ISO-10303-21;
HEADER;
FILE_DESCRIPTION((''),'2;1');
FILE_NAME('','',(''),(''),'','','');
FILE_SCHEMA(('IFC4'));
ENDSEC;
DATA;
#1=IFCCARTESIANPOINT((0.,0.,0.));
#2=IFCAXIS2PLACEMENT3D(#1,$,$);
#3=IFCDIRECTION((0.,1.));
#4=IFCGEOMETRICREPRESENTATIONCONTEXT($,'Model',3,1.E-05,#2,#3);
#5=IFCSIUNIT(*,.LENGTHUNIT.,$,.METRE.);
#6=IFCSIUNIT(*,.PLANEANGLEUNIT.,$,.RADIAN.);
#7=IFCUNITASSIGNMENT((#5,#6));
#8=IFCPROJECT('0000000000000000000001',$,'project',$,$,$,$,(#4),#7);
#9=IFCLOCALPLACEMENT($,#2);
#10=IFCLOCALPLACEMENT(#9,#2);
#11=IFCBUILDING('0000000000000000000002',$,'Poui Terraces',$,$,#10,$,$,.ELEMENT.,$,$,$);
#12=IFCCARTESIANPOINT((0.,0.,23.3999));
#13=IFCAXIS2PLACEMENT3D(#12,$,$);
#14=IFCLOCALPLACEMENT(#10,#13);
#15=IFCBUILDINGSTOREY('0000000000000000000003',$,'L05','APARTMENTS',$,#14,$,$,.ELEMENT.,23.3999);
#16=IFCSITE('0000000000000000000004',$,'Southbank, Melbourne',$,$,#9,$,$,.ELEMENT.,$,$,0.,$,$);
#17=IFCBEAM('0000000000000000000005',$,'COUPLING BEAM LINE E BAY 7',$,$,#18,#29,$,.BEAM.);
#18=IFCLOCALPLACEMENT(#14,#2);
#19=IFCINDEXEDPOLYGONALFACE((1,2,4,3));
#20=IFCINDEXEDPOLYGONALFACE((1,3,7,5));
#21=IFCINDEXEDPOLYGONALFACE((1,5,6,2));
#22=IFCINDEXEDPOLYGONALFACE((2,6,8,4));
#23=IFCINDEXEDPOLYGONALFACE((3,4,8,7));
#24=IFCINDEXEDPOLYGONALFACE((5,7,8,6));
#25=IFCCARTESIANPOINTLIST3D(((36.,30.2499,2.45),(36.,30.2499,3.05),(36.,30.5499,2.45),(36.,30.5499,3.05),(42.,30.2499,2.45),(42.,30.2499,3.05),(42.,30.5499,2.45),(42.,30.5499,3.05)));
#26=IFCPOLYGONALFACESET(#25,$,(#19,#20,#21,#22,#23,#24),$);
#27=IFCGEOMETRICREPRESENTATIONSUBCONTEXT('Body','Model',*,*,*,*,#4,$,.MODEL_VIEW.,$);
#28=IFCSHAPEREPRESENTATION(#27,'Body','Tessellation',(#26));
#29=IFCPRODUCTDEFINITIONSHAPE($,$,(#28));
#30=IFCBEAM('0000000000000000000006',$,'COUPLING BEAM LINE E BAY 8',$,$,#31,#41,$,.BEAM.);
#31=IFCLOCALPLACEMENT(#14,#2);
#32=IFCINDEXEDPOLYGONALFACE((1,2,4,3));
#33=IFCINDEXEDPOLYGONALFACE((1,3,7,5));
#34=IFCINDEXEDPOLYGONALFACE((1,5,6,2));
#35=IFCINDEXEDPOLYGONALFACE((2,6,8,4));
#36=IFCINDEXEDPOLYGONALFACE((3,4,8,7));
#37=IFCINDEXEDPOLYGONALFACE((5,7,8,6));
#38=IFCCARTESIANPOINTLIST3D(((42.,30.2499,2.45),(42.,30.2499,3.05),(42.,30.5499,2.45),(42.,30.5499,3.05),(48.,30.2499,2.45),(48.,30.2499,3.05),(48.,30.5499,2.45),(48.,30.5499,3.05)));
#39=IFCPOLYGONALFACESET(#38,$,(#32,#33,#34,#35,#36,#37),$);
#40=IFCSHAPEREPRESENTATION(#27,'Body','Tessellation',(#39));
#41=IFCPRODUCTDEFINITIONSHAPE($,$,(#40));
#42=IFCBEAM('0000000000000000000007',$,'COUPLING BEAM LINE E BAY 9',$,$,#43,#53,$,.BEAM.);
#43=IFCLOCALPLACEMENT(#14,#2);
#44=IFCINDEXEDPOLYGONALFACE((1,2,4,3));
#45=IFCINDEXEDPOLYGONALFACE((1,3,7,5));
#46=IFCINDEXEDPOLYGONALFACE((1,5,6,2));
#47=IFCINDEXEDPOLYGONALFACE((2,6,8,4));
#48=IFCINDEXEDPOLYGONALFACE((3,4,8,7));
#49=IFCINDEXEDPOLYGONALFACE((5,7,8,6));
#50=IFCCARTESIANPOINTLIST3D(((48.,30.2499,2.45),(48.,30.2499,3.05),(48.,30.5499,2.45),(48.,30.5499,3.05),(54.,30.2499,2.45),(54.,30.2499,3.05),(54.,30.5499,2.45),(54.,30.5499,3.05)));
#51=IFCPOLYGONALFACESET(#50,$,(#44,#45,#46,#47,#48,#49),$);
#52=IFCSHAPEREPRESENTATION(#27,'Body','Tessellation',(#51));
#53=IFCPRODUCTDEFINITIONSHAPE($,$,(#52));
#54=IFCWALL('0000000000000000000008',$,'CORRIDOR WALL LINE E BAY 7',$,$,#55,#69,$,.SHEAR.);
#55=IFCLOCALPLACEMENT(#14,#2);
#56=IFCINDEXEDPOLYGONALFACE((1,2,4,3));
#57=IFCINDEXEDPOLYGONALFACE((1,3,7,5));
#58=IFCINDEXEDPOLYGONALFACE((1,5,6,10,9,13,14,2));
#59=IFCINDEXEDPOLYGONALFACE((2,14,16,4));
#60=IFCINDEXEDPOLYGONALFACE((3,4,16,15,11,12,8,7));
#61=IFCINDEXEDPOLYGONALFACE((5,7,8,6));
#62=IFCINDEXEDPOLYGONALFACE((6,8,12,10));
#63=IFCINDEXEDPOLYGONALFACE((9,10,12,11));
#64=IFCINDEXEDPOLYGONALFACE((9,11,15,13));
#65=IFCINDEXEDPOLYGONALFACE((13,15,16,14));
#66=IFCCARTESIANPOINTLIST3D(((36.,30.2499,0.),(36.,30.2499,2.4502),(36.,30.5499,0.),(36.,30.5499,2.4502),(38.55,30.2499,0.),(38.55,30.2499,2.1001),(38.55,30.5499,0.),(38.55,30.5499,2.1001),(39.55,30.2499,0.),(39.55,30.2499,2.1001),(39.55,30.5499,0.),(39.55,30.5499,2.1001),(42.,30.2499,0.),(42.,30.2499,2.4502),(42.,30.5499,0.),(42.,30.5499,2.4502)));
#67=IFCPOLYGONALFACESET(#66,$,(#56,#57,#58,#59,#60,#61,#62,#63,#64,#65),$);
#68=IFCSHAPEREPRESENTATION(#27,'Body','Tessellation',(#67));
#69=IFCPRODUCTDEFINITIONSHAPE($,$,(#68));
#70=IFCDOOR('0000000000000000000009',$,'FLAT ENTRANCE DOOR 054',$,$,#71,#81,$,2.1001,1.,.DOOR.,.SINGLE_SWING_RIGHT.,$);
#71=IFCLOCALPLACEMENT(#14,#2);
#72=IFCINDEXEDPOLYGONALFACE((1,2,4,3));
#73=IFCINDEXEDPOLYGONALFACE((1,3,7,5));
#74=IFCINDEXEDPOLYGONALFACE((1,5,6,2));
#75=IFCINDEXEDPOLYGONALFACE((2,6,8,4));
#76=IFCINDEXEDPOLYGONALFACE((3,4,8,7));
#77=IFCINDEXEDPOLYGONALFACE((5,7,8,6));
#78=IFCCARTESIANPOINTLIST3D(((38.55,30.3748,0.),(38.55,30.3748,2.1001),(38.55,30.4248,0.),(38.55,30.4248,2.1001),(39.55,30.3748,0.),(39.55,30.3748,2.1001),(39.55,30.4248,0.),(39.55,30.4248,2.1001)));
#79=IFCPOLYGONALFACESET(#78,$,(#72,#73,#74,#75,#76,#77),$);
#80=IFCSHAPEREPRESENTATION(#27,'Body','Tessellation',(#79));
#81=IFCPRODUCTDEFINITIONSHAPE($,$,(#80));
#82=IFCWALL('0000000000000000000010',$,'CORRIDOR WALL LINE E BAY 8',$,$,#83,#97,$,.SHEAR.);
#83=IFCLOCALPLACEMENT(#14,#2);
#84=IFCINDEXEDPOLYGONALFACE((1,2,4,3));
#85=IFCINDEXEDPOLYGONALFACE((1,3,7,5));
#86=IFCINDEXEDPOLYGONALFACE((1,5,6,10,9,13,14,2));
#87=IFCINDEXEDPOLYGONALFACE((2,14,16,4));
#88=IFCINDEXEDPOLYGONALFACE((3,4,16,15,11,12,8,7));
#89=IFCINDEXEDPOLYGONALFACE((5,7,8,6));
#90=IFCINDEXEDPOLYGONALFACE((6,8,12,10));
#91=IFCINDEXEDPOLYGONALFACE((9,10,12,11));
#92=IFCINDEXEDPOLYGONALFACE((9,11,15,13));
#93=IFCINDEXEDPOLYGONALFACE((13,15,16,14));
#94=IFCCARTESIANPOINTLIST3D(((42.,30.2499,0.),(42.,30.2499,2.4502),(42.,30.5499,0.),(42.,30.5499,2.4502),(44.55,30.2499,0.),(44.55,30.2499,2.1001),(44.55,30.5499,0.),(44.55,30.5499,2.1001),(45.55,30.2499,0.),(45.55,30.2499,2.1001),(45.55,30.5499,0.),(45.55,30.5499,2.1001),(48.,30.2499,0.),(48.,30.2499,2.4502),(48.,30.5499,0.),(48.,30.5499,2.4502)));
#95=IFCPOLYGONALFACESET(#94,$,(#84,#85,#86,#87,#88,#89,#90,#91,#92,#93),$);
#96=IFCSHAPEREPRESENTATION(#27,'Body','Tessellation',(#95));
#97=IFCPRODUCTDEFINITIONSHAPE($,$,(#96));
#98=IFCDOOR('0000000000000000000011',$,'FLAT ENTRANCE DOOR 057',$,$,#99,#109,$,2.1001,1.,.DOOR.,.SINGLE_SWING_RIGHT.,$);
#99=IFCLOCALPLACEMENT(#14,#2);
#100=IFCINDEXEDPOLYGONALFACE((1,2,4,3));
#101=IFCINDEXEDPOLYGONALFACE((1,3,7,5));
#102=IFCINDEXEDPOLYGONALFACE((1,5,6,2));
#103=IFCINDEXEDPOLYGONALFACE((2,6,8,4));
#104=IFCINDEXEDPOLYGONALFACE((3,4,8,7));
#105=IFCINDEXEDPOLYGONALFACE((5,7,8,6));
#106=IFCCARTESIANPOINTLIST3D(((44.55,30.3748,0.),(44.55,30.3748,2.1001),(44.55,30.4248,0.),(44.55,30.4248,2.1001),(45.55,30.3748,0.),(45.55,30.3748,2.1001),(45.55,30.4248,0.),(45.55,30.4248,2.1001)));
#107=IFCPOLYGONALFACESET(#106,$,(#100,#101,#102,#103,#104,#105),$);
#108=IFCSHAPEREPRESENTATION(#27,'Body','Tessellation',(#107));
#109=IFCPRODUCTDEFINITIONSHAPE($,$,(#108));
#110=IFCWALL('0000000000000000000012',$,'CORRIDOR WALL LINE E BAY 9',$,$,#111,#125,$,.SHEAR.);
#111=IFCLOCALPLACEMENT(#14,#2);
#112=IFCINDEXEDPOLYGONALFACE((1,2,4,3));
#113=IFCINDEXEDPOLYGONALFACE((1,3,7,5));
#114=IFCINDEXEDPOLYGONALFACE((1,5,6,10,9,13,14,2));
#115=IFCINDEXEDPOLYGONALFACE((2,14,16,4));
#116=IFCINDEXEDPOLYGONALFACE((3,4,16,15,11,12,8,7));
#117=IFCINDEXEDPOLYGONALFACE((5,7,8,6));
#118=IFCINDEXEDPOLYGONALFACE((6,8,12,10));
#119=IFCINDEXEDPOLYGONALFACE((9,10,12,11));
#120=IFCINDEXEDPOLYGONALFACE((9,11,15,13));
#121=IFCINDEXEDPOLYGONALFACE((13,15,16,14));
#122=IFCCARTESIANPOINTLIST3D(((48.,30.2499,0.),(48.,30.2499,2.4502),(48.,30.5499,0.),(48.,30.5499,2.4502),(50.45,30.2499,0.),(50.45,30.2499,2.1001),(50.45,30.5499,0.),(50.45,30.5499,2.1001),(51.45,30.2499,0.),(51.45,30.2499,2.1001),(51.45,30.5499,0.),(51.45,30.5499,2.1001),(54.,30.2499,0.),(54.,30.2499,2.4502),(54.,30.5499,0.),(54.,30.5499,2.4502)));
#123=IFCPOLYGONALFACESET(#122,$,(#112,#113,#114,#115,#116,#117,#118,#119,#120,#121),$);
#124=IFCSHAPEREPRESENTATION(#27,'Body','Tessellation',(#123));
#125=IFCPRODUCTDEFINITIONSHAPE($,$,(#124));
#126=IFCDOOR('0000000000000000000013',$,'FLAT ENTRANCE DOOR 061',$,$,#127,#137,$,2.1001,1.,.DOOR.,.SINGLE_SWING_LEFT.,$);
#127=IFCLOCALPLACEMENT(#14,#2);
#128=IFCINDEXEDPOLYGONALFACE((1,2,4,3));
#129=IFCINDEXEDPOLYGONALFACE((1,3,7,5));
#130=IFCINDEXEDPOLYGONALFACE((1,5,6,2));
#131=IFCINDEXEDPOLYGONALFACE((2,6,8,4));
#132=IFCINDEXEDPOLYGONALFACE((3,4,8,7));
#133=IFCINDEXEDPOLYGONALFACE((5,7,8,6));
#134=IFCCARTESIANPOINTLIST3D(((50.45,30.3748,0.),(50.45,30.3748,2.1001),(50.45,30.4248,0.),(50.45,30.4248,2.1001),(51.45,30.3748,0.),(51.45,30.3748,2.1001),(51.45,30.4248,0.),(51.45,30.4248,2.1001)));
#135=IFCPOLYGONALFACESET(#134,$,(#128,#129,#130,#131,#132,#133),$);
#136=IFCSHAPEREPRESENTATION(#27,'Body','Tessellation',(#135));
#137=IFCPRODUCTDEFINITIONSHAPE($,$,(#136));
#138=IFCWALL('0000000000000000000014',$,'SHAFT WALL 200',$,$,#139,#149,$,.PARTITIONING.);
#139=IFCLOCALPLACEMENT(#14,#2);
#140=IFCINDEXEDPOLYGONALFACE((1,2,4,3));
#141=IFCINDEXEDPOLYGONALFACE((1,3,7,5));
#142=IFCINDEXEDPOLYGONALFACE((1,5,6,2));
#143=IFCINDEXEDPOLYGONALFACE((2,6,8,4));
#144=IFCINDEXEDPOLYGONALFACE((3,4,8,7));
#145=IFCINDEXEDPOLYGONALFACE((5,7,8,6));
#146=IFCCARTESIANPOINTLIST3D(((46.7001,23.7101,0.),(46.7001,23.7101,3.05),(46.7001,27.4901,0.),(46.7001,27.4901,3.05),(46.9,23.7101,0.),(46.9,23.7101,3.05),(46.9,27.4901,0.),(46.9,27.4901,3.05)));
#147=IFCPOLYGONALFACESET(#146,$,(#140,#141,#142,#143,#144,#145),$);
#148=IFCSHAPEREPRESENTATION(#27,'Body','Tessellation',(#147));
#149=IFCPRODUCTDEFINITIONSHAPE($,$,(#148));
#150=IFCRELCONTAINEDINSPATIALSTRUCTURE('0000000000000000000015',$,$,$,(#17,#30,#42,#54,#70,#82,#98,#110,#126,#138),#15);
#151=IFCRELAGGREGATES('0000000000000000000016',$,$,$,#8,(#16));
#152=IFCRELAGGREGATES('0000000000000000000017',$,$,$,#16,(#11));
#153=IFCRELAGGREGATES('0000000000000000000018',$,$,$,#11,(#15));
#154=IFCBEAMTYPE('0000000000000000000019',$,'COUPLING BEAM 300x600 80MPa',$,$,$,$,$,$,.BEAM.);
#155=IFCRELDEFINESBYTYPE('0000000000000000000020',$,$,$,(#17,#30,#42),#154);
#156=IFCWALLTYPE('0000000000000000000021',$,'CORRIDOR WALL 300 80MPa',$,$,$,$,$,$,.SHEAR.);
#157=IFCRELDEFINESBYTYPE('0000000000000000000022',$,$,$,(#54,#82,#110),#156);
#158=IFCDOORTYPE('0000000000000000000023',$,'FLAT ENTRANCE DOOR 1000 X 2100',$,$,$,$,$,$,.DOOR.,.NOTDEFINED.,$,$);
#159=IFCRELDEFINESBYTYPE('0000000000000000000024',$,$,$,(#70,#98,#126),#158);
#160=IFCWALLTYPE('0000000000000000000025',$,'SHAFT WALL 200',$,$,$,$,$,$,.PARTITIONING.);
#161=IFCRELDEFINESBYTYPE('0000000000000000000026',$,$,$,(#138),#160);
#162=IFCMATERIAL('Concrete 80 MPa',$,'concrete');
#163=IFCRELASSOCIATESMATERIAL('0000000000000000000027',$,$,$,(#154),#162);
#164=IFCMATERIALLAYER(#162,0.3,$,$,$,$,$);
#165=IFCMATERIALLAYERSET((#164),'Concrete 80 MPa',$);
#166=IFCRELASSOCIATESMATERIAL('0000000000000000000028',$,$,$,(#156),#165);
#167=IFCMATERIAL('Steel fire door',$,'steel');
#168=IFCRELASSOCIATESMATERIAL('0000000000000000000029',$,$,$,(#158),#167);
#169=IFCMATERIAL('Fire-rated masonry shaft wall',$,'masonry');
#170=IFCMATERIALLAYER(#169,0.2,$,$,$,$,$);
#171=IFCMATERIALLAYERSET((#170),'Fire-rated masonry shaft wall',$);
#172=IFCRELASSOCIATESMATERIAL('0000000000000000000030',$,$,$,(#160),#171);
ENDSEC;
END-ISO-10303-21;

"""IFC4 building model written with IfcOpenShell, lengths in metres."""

from ifc_helpers import new_model, si_unit, direction, frame, frame_2d, origin, origin_2d, place, context, subcontext, project, spatial, rectangle, extrude, source, transform, mapped, material, layer, layer_set, material_profile, profile_set, type_object, element, fill, save


model = new_model("IFC4")

# Units and contexts
model_context = context("Model", 3, precision=1e-05, world=origin(), true_north=direction((0.0, 1.0)))
body_context = subcontext(model_context, "Body", "Model", "MODEL_VIEW")
ifc_project = project(units=[si_unit("LENGTHUNIT", "METRE"), si_unit("PLANEANGLEUNIT", "RADIAN")], contexts=[model_context])

# Site, building, storey
site_placement = place(None, origin())
site = spatial("IfcSite", under=ifc_project, at=site_placement, Name="Southbank, Melbourne", CompositionType="ELEMENT", RefElevation=0.0)
building_placement = place(site_placement, origin())
building = spatial("IfcBuilding", under=site, at=building_placement, Name="Poui Terraces", CompositionType="ELEMENT")
storey_placement = place(building_placement, frame((0.0, 0.0, 23.3999)))
storey = spatial("IfcBuildingStorey", under=building, at=storey_placement, Name="L05", Description="APARTMENTS", CompositionType="ELEMENT", Elevation=23.3999)

# Beams
ifc_material_1 = material(Name="Concrete 80 MPa", Category="concrete")
ifc_material_profile = material_profile(ifc_material_1, rectangle(XDim=0.3, YDim=0.6001, at=origin_2d()), Name="RC 300x600")
ifc_profile_set = profile_set([ifc_material_profile], Name="Concrete 80 MPa")
beam_type = type_object("IfcBeamType", Name="COUPLING BEAM 300x600 80MPa", PredefinedType="BEAM", material=ifc_profile_set)
shared_shape = source(origin(), body_context, "Body", "SweptSolid", [
    extrude(rectangle(XDim=0.3, YDim=0.6001, at=origin_2d()), origin(), (0.0, 0.0, 1.0), 6.0),
])
for number, where, z_axis, x_axis, name in (
    (1, (36.0, 30.3999, 2.75), (1.0, 0.0, 0.0), (0.0, 1.0, 0.0), "COUPLING BEAM LINE E BAY 7"),
    (2, (42.0, 30.3999, 2.75), (1.0, 0.0, 0.0), (0.0, 1.0, 0.0), "COUPLING BEAM LINE E BAY 8"),
    (3, (48.0, 30.3999, 2.75), (1.0, 0.0, 0.0), (0.0, 1.0, 0.0), "COUPLING BEAM LINE E BAY 9"),
):
    element("IfcBeam", number, at=place(storey_placement, frame(where, z_axis=z_axis, x_axis=x_axis)), inside=storey, type_object=beam_type, Name=name, PredefinedType="BEAM", context=body_context, shape_type="MappedRepresentation", body=[
        mapped(shared_shape, transform((0.0, 0.0, 0.0))),
    ])

# Walls, openings, doors
ifc_layer_1 = layer(ifc_material_1, 0.3)
ifc_layer_set_1 = layer_set([ifc_layer_1], Name="Concrete 80 MPa")
wall_type_1 = type_object("IfcWallType", Name="CORRIDOR WALL 300 80MPa", PredefinedType="SHEAR", material=ifc_layer_set_1)
wall_1_placement = place(storey_placement, frame((36.0, 30.3999, 0.0), z_axis=(0.0, 0.0, 1.0), x_axis=(1.0, 0.0, 0.0)))
wall_1 = element("IfcWall", 4, at=wall_1_placement, inside=storey, type_object=wall_type_1, Name="CORRIDOR WALL LINE E BAY 7", PredefinedType="SHEAR", context=body_context, shape_type="SweptSolid", body=[
    extrude(rectangle(XDim=6.0, YDim=0.3, at=frame_2d((3.0, 0.0))), origin(), (0.0, 0.0, 1.0), 2.4502),
])
opening_1_placement = place(wall_1_placement, frame((2.55, 0.0, 0.0)))
opening_1 = element("IfcOpeningElement", 5, at=opening_1_placement, cuts=wall_1, PredefinedType="OPENING", context=body_context, shape_type="SweptSolid", body=[
    extrude(rectangle(XDim=1.0, YDim=2.1001, at=frame_2d((0.5, 1.05))), frame((0.0, 0.1602, 0.0), z_axis=(0.0, -1.0, 0.0), x_axis=(1.0, 0.0, 0.0)), (0.0, 0.0, 1.0), 0.3201),
])
ifc_material_2 = material(Name="Steel fire door", Category="steel")
door_type = type_object("IfcDoorType", Name="FLAT ENTRANCE DOOR 1000 X 2100", OperationType="NOTDEFINED", PredefinedType="DOOR", material=ifc_material_2)
door_1_placement = place(opening_1_placement, origin())
door_1 = element("IfcDoor", 6, at=door_1_placement, inside=storey, type_object=door_type, Name="FLAT ENTRANCE DOOR 054", OperationType="SINGLE_SWING_RIGHT", OverallHeight=2.1001, OverallWidth=1.0, PredefinedType="DOOR", context=body_context, shape_type="SweptSolid", body=[
    extrude(rectangle(XDim=1.0, YDim=2.1001, at=frame_2d((0.5, 1.05))), frame((0.0, 0.0249, 0.0), z_axis=(0.0, -1.0, 0.0), x_axis=(1.0, 0.0, 0.0)), (0.0, 0.0, 1.0), 0.05),
])
fill(opening_1, door_1)
wall_2_placement = place(storey_placement, frame((42.0, 30.3999, 0.0), z_axis=(0.0, 0.0, 1.0), x_axis=(1.0, 0.0, 0.0)))
wall_2 = element("IfcWall", 7, at=wall_2_placement, inside=storey, type_object=wall_type_1, Name="CORRIDOR WALL LINE E BAY 8", PredefinedType="SHEAR", context=body_context, shape_type="SweptSolid", body=[
    extrude(rectangle(XDim=6.0, YDim=0.3, at=frame_2d((3.0, 0.0))), origin(), (0.0, 0.0, 1.0), 2.4502),
])
opening_2_placement = place(wall_2_placement, frame((2.55, 0.0, 0.0)))
opening_2 = element("IfcOpeningElement", 8, at=opening_2_placement, cuts=wall_2, PredefinedType="OPENING", context=body_context, shape_type="SweptSolid", body=[
    extrude(rectangle(XDim=1.0, YDim=2.1001, at=frame_2d((0.5, 1.05))), frame((0.0, 0.1602, 0.0), z_axis=(0.0, -1.0, 0.0), x_axis=(1.0, 0.0, 0.0)), (0.0, 0.0, 1.0), 0.3201),
])
door_2_placement = place(opening_2_placement, origin())
door_2 = element("IfcDoor", 9, at=door_2_placement, inside=storey, type_object=door_type, Name="FLAT ENTRANCE DOOR 057", OperationType="SINGLE_SWING_RIGHT", OverallHeight=2.1001, OverallWidth=1.0, PredefinedType="DOOR", context=body_context, shape_type="SweptSolid", body=[
    extrude(rectangle(XDim=1.0, YDim=2.1001, at=frame_2d((0.5, 1.05))), frame((0.0, 0.0249, 0.0), z_axis=(0.0, -1.0, 0.0), x_axis=(1.0, 0.0, 0.0)), (0.0, 0.0, 1.0), 0.05),
])
fill(opening_2, door_2)
wall_3_placement = place(storey_placement, frame((48.0, 30.3999, 0.0), z_axis=(0.0, 0.0, 1.0), x_axis=(1.0, 0.0, 0.0)))
wall_3 = element("IfcWall", 10, at=wall_3_placement, inside=storey, type_object=wall_type_1, Name="CORRIDOR WALL LINE E BAY 9", PredefinedType="SHEAR", context=body_context, shape_type="SweptSolid", body=[
    extrude(rectangle(XDim=6.0, YDim=0.3, at=frame_2d((3.0, 0.0))), origin(), (0.0, 0.0, 1.0), 2.4502),
])
opening_3_placement = place(wall_3_placement, frame((2.45, 0.0, 0.0)))
opening_3 = element("IfcOpeningElement", 11, at=opening_3_placement, cuts=wall_3, PredefinedType="OPENING", context=body_context, shape_type="SweptSolid", body=[
    extrude(rectangle(XDim=1.0, YDim=2.1001, at=frame_2d((0.5, 1.05))), frame((0.0, 0.1602, 0.0), z_axis=(0.0, -1.0, 0.0), x_axis=(1.0, 0.0, 0.0)), (0.0, 0.0, 1.0), 0.3201),
])
door_3_placement = place(opening_3_placement, origin())
door_3 = element("IfcDoor", 12, at=door_3_placement, inside=storey, type_object=door_type, Name="FLAT ENTRANCE DOOR 061", OperationType="SINGLE_SWING_LEFT", OverallHeight=2.1001, OverallWidth=1.0, PredefinedType="DOOR", context=body_context, shape_type="SweptSolid", body=[
    extrude(rectangle(XDim=1.0, YDim=2.1001, at=frame_2d((0.5, 1.05))), frame((0.0, 0.0249, 0.0), z_axis=(0.0, -1.0, 0.0), x_axis=(1.0, 0.0, 0.0)), (0.0, 0.0, 1.0), 0.05),
])
fill(opening_3, door_3)

# Wall
ifc_material_3 = material(Name="Fire-rated masonry shaft wall", Category="masonry")
ifc_layer_2 = layer(ifc_material_3, 0.2)
ifc_layer_set_2 = layer_set([ifc_layer_2], Name="Fire-rated masonry shaft wall")
wall_type_2 = type_object("IfcWallType", Name="SHAFT WALL 200", PredefinedType="PARTITIONING", material=ifc_layer_set_2)
wall_4_placement = place(storey_placement, frame((46.8, 23.71, 0.0), z_axis=(0.0, 0.0, 1.0), x_axis=(0.0, 1.0, 0.0)))
element("IfcWall", 13, at=wall_4_placement, inside=storey, type_object=wall_type_2, Name="SHAFT WALL 200", PredefinedType="PARTITIONING", context=body_context, shape_type="SweptSolid", body=[
    extrude(rectangle(XDim=3.78, YDim=0.2, at=frame_2d((1.8901, 0.0))), origin(), (0.0, 0.0, 1.0), 3.05),
])

save(model, "model.ifc")
